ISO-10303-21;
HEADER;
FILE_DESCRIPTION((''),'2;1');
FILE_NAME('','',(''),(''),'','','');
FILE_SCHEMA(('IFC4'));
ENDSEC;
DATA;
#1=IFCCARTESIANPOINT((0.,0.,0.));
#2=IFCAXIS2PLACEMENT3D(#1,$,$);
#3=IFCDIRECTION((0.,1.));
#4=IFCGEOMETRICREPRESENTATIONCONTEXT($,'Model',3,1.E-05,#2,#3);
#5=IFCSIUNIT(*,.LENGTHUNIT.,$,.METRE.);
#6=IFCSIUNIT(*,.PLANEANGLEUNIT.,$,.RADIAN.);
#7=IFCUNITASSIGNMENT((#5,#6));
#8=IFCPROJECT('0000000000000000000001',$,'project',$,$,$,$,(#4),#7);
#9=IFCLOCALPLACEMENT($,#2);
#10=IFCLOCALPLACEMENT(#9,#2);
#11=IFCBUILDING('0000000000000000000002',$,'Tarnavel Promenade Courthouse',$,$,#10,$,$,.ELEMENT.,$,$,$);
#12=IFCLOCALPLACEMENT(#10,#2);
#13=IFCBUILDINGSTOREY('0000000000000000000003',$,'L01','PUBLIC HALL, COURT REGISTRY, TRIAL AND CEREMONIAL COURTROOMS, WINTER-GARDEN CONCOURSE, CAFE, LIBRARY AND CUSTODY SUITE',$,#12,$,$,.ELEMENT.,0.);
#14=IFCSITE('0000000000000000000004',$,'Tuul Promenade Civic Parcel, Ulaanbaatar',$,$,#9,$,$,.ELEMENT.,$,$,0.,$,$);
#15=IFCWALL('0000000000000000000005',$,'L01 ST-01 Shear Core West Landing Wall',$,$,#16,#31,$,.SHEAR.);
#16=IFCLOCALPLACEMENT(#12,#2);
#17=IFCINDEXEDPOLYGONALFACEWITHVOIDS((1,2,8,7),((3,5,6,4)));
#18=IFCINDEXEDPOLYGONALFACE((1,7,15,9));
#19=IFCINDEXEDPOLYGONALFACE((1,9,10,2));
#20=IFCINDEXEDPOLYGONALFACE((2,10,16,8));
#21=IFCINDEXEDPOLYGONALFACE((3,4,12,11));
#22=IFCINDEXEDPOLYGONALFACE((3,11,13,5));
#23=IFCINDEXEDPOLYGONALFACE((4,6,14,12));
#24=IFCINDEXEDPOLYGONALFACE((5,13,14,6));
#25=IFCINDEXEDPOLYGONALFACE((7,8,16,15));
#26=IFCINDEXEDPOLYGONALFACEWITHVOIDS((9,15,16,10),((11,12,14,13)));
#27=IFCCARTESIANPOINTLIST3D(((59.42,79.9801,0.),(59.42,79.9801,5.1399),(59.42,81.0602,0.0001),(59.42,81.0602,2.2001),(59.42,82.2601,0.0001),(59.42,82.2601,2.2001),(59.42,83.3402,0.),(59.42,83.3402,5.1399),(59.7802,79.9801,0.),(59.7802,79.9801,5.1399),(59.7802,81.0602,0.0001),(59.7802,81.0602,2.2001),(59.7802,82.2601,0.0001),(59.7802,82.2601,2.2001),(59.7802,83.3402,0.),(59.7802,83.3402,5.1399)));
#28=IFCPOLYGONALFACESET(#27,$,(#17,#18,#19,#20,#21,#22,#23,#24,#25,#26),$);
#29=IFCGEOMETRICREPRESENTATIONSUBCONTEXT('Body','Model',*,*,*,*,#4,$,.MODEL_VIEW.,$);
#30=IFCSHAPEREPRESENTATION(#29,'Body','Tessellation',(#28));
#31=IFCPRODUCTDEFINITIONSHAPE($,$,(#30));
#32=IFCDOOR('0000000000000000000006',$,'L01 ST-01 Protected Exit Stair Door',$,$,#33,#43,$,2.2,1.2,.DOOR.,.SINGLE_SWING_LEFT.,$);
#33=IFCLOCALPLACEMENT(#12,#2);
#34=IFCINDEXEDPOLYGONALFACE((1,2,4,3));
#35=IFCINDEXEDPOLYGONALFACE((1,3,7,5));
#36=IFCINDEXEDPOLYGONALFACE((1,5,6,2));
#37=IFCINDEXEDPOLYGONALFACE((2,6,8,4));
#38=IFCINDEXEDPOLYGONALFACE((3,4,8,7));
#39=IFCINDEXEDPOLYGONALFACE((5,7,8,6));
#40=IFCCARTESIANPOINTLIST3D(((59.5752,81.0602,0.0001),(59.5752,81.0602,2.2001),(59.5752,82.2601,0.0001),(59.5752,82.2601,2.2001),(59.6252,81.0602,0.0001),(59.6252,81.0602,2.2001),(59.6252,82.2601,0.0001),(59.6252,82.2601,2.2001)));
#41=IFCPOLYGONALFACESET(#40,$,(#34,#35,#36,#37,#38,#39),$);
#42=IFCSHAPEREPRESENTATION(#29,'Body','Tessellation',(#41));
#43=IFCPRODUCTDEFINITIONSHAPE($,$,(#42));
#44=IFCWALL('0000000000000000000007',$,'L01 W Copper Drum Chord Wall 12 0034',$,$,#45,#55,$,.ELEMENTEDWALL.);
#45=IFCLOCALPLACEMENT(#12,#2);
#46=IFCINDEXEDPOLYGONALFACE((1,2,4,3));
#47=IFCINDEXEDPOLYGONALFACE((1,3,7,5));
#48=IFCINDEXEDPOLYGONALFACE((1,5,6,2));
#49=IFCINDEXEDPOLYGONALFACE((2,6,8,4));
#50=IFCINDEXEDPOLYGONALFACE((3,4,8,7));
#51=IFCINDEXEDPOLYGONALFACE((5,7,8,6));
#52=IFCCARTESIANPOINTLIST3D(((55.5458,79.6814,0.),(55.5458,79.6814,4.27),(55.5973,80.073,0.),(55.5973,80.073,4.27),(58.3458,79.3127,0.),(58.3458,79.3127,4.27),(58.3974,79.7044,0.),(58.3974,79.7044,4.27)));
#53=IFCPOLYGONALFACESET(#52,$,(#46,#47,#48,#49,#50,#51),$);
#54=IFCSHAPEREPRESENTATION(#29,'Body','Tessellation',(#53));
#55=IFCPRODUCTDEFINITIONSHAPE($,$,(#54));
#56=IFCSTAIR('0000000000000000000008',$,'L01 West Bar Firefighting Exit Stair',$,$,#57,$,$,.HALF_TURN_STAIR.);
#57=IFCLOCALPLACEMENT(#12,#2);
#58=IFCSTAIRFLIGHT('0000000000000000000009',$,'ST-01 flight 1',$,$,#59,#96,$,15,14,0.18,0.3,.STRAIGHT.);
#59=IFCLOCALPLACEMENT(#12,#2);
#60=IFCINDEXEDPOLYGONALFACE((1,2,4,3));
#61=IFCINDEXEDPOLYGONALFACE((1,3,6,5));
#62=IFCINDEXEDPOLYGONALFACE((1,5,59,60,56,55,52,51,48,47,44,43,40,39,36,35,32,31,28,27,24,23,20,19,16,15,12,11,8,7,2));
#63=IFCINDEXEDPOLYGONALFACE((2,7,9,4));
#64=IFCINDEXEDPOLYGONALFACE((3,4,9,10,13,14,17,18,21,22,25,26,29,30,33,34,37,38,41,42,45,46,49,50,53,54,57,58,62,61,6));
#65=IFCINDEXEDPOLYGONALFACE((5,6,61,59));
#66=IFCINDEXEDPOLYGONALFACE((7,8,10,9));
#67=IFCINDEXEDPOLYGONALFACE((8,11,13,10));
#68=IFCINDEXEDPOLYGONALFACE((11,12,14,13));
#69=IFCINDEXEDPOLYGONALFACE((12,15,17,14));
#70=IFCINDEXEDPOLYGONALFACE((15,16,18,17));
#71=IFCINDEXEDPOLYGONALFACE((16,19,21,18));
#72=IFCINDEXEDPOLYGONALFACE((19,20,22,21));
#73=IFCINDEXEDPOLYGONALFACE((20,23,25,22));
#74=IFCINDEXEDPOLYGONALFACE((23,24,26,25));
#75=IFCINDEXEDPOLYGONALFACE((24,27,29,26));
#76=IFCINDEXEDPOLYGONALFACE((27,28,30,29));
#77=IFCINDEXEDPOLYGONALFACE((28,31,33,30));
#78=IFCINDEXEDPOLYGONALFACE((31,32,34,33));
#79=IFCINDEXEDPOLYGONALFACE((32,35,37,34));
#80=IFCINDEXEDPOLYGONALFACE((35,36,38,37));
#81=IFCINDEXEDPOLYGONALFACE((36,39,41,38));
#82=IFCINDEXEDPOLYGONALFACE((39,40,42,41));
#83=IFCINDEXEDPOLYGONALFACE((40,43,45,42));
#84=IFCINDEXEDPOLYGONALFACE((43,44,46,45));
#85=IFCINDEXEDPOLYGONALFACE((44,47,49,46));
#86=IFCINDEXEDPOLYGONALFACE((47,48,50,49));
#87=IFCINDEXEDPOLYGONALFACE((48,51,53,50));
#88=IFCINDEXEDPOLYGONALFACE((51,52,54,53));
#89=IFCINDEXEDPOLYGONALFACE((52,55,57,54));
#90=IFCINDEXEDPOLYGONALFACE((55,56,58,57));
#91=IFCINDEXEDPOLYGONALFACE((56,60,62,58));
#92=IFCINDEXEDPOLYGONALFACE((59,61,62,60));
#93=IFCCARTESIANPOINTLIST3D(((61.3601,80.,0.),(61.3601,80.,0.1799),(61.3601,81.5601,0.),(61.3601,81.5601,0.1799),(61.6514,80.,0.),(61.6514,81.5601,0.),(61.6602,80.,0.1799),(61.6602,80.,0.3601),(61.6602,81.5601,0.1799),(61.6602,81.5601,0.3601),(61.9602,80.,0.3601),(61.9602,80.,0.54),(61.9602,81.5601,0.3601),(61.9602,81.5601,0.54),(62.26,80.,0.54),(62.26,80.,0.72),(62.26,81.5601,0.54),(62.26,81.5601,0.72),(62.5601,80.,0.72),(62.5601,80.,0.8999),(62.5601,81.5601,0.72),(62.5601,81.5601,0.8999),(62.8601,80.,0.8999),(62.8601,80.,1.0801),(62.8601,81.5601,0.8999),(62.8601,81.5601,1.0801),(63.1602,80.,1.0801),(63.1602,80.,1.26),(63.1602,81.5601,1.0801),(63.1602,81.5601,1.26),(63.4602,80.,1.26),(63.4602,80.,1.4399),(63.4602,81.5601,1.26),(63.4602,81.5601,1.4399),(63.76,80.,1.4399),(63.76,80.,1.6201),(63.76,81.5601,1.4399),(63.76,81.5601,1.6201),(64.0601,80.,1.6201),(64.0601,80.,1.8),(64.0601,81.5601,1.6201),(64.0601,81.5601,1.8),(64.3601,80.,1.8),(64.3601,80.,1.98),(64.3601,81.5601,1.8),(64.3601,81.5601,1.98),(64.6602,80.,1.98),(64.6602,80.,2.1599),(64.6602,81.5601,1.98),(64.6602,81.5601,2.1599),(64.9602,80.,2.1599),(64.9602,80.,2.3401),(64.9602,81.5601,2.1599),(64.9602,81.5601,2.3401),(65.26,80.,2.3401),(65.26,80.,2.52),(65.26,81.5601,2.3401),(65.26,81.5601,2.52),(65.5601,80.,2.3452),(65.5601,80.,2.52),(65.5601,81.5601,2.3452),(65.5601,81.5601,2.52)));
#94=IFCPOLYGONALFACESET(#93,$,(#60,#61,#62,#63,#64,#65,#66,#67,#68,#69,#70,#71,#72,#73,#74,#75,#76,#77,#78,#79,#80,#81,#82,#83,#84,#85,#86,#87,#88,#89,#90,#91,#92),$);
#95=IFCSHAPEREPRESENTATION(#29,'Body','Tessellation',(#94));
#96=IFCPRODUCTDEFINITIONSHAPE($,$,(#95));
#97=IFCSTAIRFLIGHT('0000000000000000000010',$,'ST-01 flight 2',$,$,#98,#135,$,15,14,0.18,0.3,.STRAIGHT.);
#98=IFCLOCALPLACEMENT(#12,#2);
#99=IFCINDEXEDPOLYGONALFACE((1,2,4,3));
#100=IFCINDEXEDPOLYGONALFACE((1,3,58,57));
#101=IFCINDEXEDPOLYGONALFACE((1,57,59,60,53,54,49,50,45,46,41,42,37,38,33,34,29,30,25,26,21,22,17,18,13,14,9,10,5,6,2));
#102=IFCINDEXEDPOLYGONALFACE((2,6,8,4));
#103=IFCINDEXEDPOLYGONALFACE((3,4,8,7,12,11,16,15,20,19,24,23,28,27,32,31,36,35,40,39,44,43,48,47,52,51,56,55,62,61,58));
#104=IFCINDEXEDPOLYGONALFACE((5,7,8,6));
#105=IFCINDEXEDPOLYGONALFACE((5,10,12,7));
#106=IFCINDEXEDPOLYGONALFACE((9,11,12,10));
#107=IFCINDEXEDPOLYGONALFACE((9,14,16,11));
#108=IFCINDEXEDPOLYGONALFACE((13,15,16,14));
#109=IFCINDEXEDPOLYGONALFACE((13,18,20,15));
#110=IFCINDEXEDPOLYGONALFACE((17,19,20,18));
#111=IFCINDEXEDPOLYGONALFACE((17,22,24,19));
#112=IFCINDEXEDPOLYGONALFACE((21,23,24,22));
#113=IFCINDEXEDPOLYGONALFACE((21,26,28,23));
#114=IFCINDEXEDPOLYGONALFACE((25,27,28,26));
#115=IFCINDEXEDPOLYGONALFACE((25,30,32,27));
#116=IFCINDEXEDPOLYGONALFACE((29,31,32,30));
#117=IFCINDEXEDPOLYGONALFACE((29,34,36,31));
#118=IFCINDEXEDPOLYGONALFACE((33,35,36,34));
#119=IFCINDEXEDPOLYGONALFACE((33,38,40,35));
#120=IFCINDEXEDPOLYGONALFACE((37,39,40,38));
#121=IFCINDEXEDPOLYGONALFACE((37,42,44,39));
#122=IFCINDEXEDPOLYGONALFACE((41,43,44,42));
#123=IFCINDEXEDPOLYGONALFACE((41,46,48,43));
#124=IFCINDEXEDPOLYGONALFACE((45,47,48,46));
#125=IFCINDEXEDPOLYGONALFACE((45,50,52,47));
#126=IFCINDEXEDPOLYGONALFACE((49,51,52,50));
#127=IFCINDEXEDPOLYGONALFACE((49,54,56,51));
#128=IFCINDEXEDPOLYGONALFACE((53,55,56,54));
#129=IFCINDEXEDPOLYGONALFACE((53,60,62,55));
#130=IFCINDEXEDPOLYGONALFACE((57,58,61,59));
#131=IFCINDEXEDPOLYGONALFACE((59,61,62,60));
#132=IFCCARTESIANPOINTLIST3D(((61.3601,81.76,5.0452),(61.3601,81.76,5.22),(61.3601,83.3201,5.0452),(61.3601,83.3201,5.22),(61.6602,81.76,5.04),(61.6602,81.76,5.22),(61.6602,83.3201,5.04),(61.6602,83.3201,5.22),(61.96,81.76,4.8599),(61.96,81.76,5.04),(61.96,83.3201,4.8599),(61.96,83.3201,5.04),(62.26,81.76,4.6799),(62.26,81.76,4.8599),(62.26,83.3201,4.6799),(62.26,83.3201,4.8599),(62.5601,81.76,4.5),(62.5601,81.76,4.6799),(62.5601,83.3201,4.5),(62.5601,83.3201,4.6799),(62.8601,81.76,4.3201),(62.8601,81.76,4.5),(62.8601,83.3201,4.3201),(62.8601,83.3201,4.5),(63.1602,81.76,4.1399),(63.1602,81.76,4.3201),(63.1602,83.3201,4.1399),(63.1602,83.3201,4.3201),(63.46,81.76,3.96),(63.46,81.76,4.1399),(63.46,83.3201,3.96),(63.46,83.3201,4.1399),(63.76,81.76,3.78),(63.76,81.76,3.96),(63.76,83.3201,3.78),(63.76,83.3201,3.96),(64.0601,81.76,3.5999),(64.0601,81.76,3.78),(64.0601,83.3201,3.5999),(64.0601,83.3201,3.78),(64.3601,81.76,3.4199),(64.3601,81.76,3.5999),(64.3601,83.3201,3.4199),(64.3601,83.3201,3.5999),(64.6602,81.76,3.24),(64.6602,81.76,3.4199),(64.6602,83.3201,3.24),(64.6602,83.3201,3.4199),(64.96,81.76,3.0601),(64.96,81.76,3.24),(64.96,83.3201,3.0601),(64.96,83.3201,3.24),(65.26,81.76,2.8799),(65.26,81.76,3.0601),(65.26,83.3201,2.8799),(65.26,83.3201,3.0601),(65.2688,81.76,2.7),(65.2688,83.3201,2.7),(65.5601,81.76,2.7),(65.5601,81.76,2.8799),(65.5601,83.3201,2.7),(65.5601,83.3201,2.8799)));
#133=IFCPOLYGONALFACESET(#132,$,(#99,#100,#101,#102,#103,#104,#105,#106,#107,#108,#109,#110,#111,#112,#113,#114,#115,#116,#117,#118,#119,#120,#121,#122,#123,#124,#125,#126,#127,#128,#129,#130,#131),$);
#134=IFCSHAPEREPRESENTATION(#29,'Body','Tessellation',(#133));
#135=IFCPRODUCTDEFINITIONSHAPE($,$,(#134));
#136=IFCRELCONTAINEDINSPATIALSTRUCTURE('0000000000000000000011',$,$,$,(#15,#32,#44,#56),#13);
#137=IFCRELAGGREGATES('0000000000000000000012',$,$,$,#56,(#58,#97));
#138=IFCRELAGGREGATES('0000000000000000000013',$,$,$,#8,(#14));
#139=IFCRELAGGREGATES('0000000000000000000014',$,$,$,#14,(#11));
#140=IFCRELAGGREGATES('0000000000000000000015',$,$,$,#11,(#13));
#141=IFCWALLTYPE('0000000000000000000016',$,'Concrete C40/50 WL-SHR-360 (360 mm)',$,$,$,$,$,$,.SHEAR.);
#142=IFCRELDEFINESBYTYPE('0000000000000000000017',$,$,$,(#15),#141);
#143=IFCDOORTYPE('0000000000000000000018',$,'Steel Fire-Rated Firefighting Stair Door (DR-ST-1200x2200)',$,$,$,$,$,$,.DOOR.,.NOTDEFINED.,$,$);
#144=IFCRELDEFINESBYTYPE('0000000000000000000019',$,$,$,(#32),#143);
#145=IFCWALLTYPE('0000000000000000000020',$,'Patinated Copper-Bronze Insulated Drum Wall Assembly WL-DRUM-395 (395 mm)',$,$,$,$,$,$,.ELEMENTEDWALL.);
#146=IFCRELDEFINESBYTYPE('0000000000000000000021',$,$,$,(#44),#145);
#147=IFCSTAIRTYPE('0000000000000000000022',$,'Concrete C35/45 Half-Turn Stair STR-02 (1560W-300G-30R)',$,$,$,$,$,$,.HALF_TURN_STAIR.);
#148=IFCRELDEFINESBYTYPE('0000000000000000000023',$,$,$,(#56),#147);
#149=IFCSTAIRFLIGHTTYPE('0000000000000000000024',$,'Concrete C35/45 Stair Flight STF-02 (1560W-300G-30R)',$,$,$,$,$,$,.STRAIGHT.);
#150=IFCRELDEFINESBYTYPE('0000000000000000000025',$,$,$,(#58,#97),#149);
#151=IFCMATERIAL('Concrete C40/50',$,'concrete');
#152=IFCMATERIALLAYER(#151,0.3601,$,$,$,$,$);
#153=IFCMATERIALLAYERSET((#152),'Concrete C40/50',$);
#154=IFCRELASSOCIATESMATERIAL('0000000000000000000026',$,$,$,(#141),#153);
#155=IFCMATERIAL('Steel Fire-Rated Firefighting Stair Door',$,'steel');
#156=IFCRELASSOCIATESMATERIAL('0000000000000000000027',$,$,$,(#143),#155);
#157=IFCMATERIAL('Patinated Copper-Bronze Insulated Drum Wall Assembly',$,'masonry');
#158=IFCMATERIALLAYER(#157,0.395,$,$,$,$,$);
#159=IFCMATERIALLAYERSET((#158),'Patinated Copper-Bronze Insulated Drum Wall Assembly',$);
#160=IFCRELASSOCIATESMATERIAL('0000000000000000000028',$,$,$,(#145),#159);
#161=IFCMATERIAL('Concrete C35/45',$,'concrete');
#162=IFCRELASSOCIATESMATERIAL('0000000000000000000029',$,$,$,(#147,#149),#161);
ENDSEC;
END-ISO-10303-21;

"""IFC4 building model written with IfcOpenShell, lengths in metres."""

from ifc_helpers import new_model, si_unit, direction, frame, frame_2d, origin, place, context, subcontext, project, spatial, polyline, rectangle, outline, extrude, material, layer, layer_set, type_object, element, fill, aggregate, save


model = new_model("IFC4")

# Units and contexts
model_context = context("Model", 3, precision=1e-05, world=origin(), true_north=direction((0.0, 1.0)))
body_context = subcontext(model_context, "Body", "Model", "MODEL_VIEW")
ifc_project = project(units=[si_unit("LENGTHUNIT", "METRE"), si_unit("PLANEANGLEUNIT", "RADIAN")], contexts=[model_context])

# Site, building, storey
site_placement = place(None, origin())
site = spatial("IfcSite", under=ifc_project, at=site_placement, Name="Tuul Promenade Civic Parcel, Ulaanbaatar", CompositionType="ELEMENT", RefElevation=0.0)
building_placement = place(site_placement, origin())
building = spatial("IfcBuilding", under=site, at=building_placement, Name="Tarnavel Promenade Courthouse", CompositionType="ELEMENT")
storey_placement = place(building_placement, origin())
storey = spatial("IfcBuildingStorey", under=building, at=storey_placement, Name="L01", Description="PUBLIC HALL, COURT REGISTRY, TRIAL AND CEREMONIAL COURTROOMS, WINTER-GARDEN CONCOURSE, CAFE, LIBRARY AND CUSTODY SUITE", CompositionType="ELEMENT", Elevation=0.0)

# Shared definitions
ifc_material_1 = material(Name="Concrete C40/50", Category="concrete")

# Shared definitions
ifc_layer_1 = layer(ifc_material_1, 0.3601)
ifc_layer_set_1 = layer_set([ifc_layer_1], Name="Concrete C40/50")
wall_type_1 = type_object("IfcWallType", Name="Concrete C40/50 WL-SHR-360 (360 mm)", PredefinedType="SHEAR", material=ifc_layer_set_1)

# Wall, opening, door
wall_1_placement = place(storey_placement, frame((59.6001, 79.98, 0.0), z_axis=(0.0, 0.0, 1.0), x_axis=(0.0, 1.0, 0.0)))
wall_1 = element("IfcWall", 1, at=wall_1_placement, inside=storey, type_object=wall_type_1, Name="L01 ST-01 Shear Core West Landing Wall", PredefinedType="SHEAR", context=body_context, shape_type="SweptSolid", body=[
    extrude(rectangle(XDim=3.3601, YDim=0.3601, at=frame_2d((1.6802, 0.0))), origin(), (0.0, 0.0, 1.0), 5.1399),
])
opening_placement = place(wall_1_placement, frame((1.0801, 0.0, 0.0)))
opening = element("IfcOpeningElement", 2, at=opening_placement, cuts=wall_1, PredefinedType="OPENING", context=body_context, shape_type="SweptSolid", body=[
    extrude(rectangle(XDim=1.2, YDim=2.2, at=frame_2d((0.6001, 1.1001))), frame((0.0, 0.1899, 0.0), z_axis=(0.0, -1.0, 0.0), x_axis=(1.0, 0.0, 0.0)), (0.0, 0.0, 1.0), 0.3801),
])
ifc_material_2 = material(Name="Steel Fire-Rated Firefighting Stair Door", Category="steel")
door_type = type_object("IfcDoorType", Name="Steel Fire-Rated Firefighting Stair Door (DR-ST-1200x2200)", OperationType="NOTDEFINED", PredefinedType="DOOR", material=ifc_material_2)
door_placement = place(opening_placement, origin())
door = element("IfcDoor", 3, at=door_placement, inside=storey, type_object=door_type, Name="L01 ST-01 Protected Exit Stair Door", OperationType="SINGLE_SWING_LEFT", OverallHeight=2.2, OverallWidth=1.2, PredefinedType="DOOR", context=body_context, shape_type="SweptSolid", body=[
    extrude(rectangle(XDim=1.2, YDim=2.2, at=frame_2d((0.6001, 1.1001))), frame((0.0, 0.0249, 0.0), z_axis=(0.0, -1.0, 0.0), x_axis=(1.0, 0.0, 0.0)), (0.0, 0.0, 1.0), 0.05),
])
fill(opening, door)

# Wall
ifc_material_3 = material(Name="Patinated Copper-Bronze Insulated Drum Wall Assembly", Category="masonry")
ifc_layer_2 = layer(ifc_material_3, 0.395)
ifc_layer_set_2 = layer_set([ifc_layer_2], Name="Patinated Copper-Bronze Insulated Drum Wall Assembly")
wall_type_2 = type_object("IfcWallType", Name="Patinated Copper-Bronze Insulated Drum Wall Assembly WL-DRUM-395 (395 mm)", PredefinedType="ELEMENTEDWALL", material=ifc_layer_set_2)
wall_2_placement = place(storey_placement, frame((55.5715, 79.8772, 0.0), z_axis=(0.0, 0.0, 1.0), x_axis=(0.991444, -0.130533, 0.0)))
element("IfcWall", 4, at=wall_2_placement, inside=storey, type_object=wall_type_2, Name="L01 W Copper Drum Chord Wall 12 0034", PredefinedType="ELEMENTEDWALL", context=body_context, shape_type="SweptSolid", body=[
    extrude(rectangle(XDim=2.8242, YDim=0.395, at=frame_2d((1.4121, 0.0))), origin(), (0.0, 0.0, 1.0), 4.27),
])

# Stair, stair flights
ifc_material_4 = material(Name="Concrete C35/45", Category="concrete")
stair_type = type_object("IfcStairType", Name="Concrete C35/45 Half-Turn Stair STR-02 (1560W-300G-30R)", PredefinedType="HALF_TURN_STAIR", material=ifc_material_4)
stair_placement = place(storey_placement, origin())
stair = element("IfcStair", 5, at=stair_placement, inside=storey, type_object=stair_type, Name="L01 West Bar Firefighting Exit Stair", PredefinedType="HALF_TURN_STAIR")
stair_flight_type = type_object("IfcStairFlightType", Name="Concrete C35/45 Stair Flight STF-02 (1560W-300G-30R)", PredefinedType="STRAIGHT", material=ifc_material_4)
stair_flight_1_placement = place(storey_placement, frame((61.3601, 80.78, 0.0), z_axis=(0.0, 0.0, 1.0), x_axis=(1.0, 0.0, 0.0)))
stair_flight_1 = element("IfcStairFlight", 6, at=stair_flight_1_placement, type_object=stair_flight_type, Name="ST-01 flight 1", NumberOfRisers=15, NumberOfTreads=14, PredefinedType="STRAIGHT", RiserHeight=0.18, TreadLength=0.3, context=body_context, shape_type="SweptSolid", body=[
    extrude(outline(polyline([(0.0, 0.0), (0.0, 0.1799), (0.3, 0.1799), (0.3, 0.3601), (0.6001, 0.3601), (0.6001, 0.54), (0.8999, 0.54), (0.8999, 0.72), (1.2, 0.72), (1.2, 0.8999), (1.5, 0.8999), (1.5, 1.0801), (1.8, 1.0801), (1.8, 1.26), (2.1001, 1.26), (2.1001, 1.4399), (2.3999, 1.4399), (2.3999, 1.6201), (2.7, 1.6201), (2.7, 1.8), (3.0, 1.8), (3.0, 1.98), (3.3, 1.98), (3.3, 2.1599), (3.6001, 2.1599), (3.6001, 2.3401), (3.8999, 2.3401), (3.8999, 2.52), (4.2, 2.52), (4.2, 2.7), (4.2, 2.3452), (0.2913, 0.0), (0.0, 0.0)])), frame((0.0, 0.78, 0.0), z_axis=(0.0, -1.0, 0.0), x_axis=(1.0, 0.0, 0.0)), (0.0, 0.0, 1.0), 1.5601),
])
stair_flight_2_placement = place(storey_placement, frame((65.5601, 82.54, 2.7), z_axis=(0.0, 0.0, 1.0), x_axis=(-1.0, 0.0, 0.0)))
stair_flight_2 = element("IfcStairFlight", 7, at=stair_flight_2_placement, type_object=stair_flight_type, Name="ST-01 flight 2", NumberOfRisers=15, NumberOfTreads=14, PredefinedType="STRAIGHT", RiserHeight=0.18, TreadLength=0.3, context=body_context, shape_type="SweptSolid", body=[
    extrude(outline(polyline([(0.0, 0.0), (0.0, 0.1799), (0.3, 0.1799), (0.3, 0.3601), (0.6001, 0.3601), (0.6001, 0.54), (0.8999, 0.54), (0.8999, 0.72), (1.2, 0.72), (1.2, 0.8999), (1.5, 0.8999), (1.5, 1.0801), (1.8, 1.0801), (1.8, 1.26), (2.1001, 1.26), (2.1001, 1.4399), (2.3999, 1.4399), (2.3999, 1.6201), (2.7, 1.6201), (2.7, 1.8), (3.0, 1.8), (3.0, 1.98), (3.3, 1.98), (3.3, 2.1599), (3.6001, 2.1599), (3.6001, 2.3401), (3.8999, 2.3401), (3.8999, 2.52), (4.2, 2.52), (4.2, 2.7), (4.2, 2.3452), (0.2913, 0.0), (0.0, 0.0)])), frame((0.0, 0.78, 0.0), z_axis=(0.0, -1.0, 0.0), x_axis=(1.0, 0.0, 0.0)), (0.0, 0.0, 1.0), 1.5601),
])
aggregate(stair, [stair_flight_1, stair_flight_2])

save(model, "model.ifc")
